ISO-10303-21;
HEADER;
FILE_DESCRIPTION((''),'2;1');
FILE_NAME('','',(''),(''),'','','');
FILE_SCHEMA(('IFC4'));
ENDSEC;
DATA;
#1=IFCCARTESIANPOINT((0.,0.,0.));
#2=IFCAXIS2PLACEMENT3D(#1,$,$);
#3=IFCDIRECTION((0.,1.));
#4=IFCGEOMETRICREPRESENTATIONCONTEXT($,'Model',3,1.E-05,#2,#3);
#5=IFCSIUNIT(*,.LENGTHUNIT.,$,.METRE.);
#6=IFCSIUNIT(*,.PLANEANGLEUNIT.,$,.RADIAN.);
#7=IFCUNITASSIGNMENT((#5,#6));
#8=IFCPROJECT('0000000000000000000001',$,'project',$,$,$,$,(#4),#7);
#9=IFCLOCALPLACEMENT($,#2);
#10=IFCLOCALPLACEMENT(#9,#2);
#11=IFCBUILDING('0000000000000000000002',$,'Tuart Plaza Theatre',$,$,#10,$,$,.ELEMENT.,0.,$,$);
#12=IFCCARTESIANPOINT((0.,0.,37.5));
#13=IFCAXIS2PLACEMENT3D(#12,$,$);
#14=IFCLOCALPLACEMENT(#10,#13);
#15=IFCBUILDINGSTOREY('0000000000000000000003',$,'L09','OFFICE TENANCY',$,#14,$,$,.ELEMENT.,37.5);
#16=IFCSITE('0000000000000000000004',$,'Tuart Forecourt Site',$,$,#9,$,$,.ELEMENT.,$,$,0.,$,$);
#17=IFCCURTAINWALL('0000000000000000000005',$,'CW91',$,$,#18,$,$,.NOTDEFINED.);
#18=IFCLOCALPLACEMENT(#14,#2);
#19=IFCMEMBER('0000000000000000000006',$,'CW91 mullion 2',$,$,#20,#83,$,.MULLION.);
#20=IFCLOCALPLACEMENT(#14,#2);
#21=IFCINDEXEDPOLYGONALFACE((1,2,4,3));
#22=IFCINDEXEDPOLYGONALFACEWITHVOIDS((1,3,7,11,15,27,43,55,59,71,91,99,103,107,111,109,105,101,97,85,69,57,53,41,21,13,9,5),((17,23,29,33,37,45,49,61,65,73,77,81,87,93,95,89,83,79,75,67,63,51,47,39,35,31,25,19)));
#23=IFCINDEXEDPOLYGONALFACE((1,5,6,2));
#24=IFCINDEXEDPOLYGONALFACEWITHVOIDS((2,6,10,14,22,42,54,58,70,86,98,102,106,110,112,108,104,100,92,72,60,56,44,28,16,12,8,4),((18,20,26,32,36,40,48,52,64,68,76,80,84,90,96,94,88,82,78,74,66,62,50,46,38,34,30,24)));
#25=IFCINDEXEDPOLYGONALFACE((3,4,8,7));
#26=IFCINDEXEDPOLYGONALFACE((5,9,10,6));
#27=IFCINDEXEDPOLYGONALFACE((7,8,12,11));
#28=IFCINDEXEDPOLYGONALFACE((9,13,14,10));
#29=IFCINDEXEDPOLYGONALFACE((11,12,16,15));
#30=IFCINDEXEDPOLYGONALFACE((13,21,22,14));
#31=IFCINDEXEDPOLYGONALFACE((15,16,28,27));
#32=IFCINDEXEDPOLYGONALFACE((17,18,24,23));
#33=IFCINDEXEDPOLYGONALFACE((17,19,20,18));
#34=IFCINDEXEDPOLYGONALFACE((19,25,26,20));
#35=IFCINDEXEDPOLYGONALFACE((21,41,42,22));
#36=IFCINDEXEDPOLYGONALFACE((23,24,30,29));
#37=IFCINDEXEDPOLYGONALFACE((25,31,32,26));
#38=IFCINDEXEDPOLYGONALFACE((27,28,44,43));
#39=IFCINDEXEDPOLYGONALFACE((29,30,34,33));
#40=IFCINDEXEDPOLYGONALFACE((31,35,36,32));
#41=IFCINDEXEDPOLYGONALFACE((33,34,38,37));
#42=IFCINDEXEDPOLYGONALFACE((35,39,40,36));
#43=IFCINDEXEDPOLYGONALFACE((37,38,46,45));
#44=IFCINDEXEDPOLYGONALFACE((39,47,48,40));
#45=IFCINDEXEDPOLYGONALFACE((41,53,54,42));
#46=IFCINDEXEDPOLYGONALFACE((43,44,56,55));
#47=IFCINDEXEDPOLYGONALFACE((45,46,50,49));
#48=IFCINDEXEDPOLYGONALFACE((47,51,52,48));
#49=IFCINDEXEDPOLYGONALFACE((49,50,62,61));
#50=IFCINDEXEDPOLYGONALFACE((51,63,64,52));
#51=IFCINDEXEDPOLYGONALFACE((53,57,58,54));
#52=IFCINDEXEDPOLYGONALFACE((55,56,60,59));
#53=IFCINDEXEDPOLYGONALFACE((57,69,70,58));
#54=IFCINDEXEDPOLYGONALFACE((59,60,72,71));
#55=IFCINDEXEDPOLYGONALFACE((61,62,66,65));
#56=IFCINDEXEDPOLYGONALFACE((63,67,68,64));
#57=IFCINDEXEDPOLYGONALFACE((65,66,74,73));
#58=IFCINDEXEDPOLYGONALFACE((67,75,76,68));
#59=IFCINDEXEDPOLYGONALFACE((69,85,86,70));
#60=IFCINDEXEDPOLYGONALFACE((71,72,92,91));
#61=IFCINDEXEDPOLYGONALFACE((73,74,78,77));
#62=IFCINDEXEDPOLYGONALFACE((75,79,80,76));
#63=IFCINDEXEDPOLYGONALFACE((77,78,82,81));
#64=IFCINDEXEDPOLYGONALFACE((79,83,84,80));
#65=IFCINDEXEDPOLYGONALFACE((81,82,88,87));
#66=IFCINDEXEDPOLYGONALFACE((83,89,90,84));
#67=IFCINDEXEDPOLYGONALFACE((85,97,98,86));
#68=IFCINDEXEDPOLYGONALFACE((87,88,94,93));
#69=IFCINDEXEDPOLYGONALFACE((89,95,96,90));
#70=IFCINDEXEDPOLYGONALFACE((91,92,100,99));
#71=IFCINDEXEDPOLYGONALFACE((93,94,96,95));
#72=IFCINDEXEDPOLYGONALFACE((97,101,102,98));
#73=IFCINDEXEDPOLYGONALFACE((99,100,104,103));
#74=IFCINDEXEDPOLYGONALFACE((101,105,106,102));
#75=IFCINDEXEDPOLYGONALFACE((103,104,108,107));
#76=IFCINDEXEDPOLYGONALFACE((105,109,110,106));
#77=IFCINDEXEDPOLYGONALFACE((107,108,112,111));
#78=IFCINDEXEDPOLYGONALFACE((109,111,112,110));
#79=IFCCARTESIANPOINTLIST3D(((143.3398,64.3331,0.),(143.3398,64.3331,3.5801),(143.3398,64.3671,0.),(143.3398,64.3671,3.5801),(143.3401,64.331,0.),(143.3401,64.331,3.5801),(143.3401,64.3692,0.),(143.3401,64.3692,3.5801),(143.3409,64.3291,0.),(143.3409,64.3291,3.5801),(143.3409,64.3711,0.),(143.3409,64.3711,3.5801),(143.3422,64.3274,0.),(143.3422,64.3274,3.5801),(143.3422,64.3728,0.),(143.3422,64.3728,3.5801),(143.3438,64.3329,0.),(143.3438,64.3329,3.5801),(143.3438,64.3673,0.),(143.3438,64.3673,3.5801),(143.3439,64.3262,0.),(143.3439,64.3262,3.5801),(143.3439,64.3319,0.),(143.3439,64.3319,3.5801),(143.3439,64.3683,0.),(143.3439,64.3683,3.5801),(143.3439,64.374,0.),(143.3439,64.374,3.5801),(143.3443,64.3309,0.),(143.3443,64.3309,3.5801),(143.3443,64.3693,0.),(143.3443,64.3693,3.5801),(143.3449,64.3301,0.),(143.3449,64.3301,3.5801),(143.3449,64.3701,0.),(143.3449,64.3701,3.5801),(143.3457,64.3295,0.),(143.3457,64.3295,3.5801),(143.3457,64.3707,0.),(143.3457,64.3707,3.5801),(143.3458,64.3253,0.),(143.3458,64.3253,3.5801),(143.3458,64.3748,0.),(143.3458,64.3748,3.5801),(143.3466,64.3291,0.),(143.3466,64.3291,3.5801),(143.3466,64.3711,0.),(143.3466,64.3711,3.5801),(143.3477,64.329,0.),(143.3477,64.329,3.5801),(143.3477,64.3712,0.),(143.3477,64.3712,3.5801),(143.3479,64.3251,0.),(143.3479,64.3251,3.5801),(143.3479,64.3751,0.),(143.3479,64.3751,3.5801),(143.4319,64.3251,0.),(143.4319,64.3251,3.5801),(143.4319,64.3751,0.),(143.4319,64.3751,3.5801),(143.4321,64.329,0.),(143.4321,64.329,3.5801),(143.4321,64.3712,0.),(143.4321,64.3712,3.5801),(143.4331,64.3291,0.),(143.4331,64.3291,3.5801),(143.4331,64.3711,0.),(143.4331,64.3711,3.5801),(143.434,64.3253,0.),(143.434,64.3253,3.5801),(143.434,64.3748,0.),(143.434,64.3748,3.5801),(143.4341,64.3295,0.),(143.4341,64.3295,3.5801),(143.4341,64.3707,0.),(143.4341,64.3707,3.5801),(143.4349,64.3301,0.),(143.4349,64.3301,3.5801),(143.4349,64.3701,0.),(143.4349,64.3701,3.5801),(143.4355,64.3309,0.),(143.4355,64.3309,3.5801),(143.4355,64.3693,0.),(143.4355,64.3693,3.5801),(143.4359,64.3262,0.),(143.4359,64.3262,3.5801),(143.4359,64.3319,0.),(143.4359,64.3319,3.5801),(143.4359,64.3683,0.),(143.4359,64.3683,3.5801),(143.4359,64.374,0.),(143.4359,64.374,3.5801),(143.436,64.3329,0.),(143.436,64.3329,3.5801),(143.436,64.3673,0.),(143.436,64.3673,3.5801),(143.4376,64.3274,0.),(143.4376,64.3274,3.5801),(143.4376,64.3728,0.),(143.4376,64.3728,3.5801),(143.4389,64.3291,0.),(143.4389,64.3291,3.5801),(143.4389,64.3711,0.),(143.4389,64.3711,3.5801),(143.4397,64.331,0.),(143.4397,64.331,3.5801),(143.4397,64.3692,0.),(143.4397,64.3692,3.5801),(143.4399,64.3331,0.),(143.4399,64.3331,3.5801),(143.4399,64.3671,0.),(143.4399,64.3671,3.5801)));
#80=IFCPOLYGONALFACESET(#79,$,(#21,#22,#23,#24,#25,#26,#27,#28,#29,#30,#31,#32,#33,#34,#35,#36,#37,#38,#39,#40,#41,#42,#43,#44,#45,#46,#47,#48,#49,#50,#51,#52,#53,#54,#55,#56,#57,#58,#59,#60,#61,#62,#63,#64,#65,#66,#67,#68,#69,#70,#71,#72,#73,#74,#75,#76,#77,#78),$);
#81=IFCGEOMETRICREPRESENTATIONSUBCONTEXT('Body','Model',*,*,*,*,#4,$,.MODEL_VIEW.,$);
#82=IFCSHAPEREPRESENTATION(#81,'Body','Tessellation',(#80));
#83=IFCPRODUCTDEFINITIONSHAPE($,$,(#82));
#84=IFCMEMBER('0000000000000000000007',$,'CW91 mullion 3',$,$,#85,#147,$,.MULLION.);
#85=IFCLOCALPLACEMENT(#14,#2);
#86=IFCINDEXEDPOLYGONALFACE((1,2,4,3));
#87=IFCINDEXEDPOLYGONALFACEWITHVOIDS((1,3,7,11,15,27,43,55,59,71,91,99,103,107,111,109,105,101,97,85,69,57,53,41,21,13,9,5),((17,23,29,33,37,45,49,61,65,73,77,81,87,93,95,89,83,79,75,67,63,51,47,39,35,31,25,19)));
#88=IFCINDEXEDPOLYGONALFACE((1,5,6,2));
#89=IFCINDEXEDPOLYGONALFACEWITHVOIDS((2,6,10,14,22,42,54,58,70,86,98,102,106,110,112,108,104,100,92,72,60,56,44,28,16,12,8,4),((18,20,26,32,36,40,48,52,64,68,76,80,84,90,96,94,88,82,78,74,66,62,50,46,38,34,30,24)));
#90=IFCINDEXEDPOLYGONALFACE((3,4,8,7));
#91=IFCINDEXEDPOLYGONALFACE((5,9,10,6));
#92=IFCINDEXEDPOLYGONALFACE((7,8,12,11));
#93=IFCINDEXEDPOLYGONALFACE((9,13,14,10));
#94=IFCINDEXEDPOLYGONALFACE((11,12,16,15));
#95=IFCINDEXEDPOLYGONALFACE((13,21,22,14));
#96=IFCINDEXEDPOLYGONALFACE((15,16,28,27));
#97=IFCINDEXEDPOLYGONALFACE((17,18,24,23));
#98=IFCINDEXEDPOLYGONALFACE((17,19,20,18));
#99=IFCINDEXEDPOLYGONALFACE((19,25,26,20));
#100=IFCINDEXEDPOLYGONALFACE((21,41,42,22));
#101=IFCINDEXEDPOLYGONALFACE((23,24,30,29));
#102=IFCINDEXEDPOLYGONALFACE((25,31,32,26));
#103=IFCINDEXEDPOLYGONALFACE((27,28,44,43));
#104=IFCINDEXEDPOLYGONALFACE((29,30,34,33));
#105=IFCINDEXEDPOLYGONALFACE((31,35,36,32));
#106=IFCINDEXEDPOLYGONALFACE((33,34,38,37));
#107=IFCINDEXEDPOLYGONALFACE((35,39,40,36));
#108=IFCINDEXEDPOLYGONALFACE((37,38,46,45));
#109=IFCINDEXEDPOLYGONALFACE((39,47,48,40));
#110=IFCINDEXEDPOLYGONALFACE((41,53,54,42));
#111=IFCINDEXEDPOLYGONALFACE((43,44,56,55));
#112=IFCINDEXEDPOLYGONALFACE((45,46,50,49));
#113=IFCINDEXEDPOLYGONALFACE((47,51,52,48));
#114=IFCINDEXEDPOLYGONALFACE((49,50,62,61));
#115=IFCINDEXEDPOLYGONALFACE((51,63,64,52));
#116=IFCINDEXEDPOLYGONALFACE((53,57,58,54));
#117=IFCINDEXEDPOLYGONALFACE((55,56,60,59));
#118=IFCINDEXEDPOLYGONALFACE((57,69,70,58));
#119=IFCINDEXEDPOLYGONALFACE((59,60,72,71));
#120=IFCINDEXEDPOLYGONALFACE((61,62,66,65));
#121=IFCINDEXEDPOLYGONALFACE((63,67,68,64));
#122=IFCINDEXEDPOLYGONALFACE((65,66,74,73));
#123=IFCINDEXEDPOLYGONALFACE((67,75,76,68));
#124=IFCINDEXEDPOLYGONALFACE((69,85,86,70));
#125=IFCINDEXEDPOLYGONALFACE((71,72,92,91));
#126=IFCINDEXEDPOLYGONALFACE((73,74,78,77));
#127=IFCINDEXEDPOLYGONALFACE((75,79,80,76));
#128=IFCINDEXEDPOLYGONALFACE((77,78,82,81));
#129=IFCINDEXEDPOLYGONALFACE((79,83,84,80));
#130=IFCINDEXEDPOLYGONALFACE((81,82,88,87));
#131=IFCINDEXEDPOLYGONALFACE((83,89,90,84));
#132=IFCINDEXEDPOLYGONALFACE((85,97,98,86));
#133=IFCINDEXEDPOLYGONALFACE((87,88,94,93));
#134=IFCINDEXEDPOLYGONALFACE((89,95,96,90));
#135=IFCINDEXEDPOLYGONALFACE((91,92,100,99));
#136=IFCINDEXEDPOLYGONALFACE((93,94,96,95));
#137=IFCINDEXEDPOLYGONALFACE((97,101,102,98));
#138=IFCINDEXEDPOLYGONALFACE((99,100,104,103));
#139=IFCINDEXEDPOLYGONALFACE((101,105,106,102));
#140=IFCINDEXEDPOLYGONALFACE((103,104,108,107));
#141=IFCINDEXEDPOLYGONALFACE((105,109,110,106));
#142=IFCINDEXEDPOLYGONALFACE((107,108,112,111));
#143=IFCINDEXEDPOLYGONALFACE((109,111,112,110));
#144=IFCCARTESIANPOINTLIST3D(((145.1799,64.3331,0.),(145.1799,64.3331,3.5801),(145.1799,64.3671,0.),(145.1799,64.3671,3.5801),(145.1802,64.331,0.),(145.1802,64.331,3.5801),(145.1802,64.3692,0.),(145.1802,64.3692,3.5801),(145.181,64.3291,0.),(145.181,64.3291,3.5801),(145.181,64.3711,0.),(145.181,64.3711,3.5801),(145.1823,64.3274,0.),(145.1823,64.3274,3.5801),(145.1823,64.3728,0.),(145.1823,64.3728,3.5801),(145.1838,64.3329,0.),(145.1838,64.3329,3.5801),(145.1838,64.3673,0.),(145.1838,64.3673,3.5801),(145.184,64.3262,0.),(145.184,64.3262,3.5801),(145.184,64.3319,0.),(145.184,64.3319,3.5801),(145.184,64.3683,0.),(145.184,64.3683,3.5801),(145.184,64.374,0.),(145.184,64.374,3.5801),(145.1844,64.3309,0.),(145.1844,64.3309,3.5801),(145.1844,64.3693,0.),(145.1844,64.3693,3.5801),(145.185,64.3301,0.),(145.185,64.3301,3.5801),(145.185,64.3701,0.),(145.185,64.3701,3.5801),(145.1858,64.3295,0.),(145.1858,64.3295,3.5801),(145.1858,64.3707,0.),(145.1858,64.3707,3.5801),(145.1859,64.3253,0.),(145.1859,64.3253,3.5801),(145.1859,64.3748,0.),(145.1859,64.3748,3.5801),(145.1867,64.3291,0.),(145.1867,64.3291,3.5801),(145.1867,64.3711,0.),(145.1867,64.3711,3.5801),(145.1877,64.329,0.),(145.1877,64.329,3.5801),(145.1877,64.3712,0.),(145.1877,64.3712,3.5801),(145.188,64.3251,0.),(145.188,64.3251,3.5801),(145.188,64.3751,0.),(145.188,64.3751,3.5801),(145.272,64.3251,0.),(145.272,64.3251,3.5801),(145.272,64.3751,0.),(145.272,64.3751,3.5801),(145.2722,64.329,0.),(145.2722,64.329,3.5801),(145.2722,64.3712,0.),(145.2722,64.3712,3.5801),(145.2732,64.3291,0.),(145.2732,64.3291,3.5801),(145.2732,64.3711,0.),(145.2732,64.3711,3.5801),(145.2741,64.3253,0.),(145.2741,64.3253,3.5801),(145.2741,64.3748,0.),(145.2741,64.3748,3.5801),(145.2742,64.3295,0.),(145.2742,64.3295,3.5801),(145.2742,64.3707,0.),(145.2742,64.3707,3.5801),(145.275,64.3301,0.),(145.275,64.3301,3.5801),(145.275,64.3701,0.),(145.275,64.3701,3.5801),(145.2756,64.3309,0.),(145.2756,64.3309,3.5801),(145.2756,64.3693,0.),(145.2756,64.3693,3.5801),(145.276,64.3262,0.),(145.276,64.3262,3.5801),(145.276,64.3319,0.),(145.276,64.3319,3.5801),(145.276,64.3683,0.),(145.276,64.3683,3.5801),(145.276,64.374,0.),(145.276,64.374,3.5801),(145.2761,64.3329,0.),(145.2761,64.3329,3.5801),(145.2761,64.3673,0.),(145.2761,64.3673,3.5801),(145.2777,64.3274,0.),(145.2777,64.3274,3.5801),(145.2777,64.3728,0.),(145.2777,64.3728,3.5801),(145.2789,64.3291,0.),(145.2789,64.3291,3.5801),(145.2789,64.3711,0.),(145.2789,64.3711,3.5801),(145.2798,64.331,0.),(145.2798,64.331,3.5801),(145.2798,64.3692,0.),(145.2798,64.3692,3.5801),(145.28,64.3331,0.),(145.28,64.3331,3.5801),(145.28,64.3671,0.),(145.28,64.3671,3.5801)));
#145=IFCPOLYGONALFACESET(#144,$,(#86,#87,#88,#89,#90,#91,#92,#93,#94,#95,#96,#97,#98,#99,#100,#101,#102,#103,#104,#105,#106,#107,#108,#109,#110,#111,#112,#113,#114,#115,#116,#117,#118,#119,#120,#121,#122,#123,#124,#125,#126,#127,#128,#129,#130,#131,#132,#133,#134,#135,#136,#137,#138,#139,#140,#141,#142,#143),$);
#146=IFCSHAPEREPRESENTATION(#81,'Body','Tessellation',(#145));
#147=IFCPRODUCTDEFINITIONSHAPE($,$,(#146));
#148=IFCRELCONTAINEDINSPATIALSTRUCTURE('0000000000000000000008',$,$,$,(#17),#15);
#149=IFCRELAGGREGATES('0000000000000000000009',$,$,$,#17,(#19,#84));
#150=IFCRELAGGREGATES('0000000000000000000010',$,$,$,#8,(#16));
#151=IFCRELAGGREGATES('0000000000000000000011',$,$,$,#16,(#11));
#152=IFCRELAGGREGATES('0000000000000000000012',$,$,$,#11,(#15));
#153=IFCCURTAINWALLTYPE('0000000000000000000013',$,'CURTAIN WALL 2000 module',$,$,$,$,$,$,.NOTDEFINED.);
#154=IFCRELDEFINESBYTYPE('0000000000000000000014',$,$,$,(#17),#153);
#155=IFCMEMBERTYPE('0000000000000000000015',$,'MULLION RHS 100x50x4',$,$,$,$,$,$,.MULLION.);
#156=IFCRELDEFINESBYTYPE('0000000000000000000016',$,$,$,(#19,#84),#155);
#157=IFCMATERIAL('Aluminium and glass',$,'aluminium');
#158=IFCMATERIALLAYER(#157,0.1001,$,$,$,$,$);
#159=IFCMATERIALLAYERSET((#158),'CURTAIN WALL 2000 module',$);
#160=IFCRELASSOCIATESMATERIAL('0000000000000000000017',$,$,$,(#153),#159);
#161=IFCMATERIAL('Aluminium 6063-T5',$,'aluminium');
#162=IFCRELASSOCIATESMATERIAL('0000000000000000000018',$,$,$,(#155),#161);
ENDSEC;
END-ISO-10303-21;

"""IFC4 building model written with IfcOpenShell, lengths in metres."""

from ifc_helpers import new_model, si_unit, direction, frame, origin, origin_2d, place, context, subcontext, project, spatial, hollow_rectangle, extrude, material, layer, layer_set, material_profile, profile_set, type_object, element, aggregate, save


model = new_model("IFC4")

# Units and contexts
model_context = context("Model", 3, precision=1e-05, world=origin(), true_north=direction((0.0, 1.0)))
body_context = subcontext(model_context, "Body", "Model", "MODEL_VIEW")
ifc_project = project(units=[si_unit("LENGTHUNIT", "METRE"), si_unit("PLANEANGLEUNIT", "RADIAN")], contexts=[model_context])

# Site, building, storey
site_placement = place(None, origin())
site = spatial("IfcSite", under=ifc_project, at=site_placement, Name="Tuart Forecourt Site", CompositionType="ELEMENT", RefElevation=0.0)
building_placement = place(site_placement, origin())
building = spatial("IfcBuilding", under=site, at=building_placement, Name="Tuart Plaza Theatre", CompositionType="ELEMENT", ElevationOfRefHeight=0.0)
storey_placement = place(building_placement, frame((0.0, 0.0, 37.5)))
storey = spatial("IfcBuildingStorey", under=building, at=storey_placement, Name="L09", Description="OFFICE TENANCY", CompositionType="ELEMENT", Elevation=37.5)

# Curtain wall, members
ifc_material_1 = material(Name="Aluminium and glass", Category="aluminium")
ifc_layer_1 = layer(ifc_material_1, 0.1001)
ifc_layer_set_1 = layer_set([ifc_layer_1], Name="CURTAIN WALL 2000 module")
curtain_wall_type = type_object("IfcCurtainWallType", Name="CURTAIN WALL 2000 module", PredefinedType="NOTDEFINED", material=ifc_layer_set_1)
curtain_wall_placement = place(storey_placement, origin())
curtain_wall = element("IfcCurtainWall", 1, at=curtain_wall_placement, inside=storey, type_object=curtain_wall_type, Name="CW91", PredefinedType="NOTDEFINED")
ifc_material_2 = material(Name="Aluminium 6063-T5", Category="aluminium")
ifc_material_profile_1 = material_profile(ifc_material_2, hollow_rectangle(XDim=0.05, YDim=0.1001, WallThickness=0.0039, InnerFilletRadius=0.0039, OuterFilletRadius=0.0081, at=origin_2d()), Name="RHS 100x50x4")
ifc_profile_set_1 = profile_set([ifc_material_profile_1], Name="Aluminium 6063-T5")
member_type_1 = type_object("IfcMemberType", Name="MULLION RHS 100x50x4", PredefinedType="MULLION", material=ifc_profile_set_1)
member_1_placement = place(storey_placement, frame((143.3899, 64.3501, 0.0), z_axis=(0.0, 0.0, 1.0), x_axis=(0.0, 1.0, 0.0)))
member_1 = element("IfcMember", 2, at=member_1_placement, type_object=member_type_1, Name="CW91 mullion 2", PredefinedType="MULLION", context=body_context, shape_type="SweptSolid", body=[
    extrude(hollow_rectangle(XDim=0.05, YDim=0.1001, WallThickness=0.0039, InnerFilletRadius=0.0039, OuterFilletRadius=0.0081, at=origin_2d()), origin(), (0.0, 0.0, 1.0), 3.5801),
])
member_2_placement = place(storey_placement, frame((145.23, 64.3501, 0.0), z_axis=(0.0, 0.0, 1.0), x_axis=(0.0, 1.0, 0.0)))
member_2 = element("IfcMember", 3, at=member_2_placement, type_object=member_type_1, Name="CW91 mullion 3", PredefinedType="MULLION", context=body_context, shape_type="SweptSolid", body=[
    extrude(hollow_rectangle(XDim=0.05, YDim=0.1001, WallThickness=0.0039, InnerFilletRadius=0.0039, OuterFilletRadius=0.0081, at=origin_2d()), origin(), (0.0, 0.0, 1.0), 3.5801),
])
aggregate(curtain_wall, [member_1, member_2])

save(model, "model.ifc")
